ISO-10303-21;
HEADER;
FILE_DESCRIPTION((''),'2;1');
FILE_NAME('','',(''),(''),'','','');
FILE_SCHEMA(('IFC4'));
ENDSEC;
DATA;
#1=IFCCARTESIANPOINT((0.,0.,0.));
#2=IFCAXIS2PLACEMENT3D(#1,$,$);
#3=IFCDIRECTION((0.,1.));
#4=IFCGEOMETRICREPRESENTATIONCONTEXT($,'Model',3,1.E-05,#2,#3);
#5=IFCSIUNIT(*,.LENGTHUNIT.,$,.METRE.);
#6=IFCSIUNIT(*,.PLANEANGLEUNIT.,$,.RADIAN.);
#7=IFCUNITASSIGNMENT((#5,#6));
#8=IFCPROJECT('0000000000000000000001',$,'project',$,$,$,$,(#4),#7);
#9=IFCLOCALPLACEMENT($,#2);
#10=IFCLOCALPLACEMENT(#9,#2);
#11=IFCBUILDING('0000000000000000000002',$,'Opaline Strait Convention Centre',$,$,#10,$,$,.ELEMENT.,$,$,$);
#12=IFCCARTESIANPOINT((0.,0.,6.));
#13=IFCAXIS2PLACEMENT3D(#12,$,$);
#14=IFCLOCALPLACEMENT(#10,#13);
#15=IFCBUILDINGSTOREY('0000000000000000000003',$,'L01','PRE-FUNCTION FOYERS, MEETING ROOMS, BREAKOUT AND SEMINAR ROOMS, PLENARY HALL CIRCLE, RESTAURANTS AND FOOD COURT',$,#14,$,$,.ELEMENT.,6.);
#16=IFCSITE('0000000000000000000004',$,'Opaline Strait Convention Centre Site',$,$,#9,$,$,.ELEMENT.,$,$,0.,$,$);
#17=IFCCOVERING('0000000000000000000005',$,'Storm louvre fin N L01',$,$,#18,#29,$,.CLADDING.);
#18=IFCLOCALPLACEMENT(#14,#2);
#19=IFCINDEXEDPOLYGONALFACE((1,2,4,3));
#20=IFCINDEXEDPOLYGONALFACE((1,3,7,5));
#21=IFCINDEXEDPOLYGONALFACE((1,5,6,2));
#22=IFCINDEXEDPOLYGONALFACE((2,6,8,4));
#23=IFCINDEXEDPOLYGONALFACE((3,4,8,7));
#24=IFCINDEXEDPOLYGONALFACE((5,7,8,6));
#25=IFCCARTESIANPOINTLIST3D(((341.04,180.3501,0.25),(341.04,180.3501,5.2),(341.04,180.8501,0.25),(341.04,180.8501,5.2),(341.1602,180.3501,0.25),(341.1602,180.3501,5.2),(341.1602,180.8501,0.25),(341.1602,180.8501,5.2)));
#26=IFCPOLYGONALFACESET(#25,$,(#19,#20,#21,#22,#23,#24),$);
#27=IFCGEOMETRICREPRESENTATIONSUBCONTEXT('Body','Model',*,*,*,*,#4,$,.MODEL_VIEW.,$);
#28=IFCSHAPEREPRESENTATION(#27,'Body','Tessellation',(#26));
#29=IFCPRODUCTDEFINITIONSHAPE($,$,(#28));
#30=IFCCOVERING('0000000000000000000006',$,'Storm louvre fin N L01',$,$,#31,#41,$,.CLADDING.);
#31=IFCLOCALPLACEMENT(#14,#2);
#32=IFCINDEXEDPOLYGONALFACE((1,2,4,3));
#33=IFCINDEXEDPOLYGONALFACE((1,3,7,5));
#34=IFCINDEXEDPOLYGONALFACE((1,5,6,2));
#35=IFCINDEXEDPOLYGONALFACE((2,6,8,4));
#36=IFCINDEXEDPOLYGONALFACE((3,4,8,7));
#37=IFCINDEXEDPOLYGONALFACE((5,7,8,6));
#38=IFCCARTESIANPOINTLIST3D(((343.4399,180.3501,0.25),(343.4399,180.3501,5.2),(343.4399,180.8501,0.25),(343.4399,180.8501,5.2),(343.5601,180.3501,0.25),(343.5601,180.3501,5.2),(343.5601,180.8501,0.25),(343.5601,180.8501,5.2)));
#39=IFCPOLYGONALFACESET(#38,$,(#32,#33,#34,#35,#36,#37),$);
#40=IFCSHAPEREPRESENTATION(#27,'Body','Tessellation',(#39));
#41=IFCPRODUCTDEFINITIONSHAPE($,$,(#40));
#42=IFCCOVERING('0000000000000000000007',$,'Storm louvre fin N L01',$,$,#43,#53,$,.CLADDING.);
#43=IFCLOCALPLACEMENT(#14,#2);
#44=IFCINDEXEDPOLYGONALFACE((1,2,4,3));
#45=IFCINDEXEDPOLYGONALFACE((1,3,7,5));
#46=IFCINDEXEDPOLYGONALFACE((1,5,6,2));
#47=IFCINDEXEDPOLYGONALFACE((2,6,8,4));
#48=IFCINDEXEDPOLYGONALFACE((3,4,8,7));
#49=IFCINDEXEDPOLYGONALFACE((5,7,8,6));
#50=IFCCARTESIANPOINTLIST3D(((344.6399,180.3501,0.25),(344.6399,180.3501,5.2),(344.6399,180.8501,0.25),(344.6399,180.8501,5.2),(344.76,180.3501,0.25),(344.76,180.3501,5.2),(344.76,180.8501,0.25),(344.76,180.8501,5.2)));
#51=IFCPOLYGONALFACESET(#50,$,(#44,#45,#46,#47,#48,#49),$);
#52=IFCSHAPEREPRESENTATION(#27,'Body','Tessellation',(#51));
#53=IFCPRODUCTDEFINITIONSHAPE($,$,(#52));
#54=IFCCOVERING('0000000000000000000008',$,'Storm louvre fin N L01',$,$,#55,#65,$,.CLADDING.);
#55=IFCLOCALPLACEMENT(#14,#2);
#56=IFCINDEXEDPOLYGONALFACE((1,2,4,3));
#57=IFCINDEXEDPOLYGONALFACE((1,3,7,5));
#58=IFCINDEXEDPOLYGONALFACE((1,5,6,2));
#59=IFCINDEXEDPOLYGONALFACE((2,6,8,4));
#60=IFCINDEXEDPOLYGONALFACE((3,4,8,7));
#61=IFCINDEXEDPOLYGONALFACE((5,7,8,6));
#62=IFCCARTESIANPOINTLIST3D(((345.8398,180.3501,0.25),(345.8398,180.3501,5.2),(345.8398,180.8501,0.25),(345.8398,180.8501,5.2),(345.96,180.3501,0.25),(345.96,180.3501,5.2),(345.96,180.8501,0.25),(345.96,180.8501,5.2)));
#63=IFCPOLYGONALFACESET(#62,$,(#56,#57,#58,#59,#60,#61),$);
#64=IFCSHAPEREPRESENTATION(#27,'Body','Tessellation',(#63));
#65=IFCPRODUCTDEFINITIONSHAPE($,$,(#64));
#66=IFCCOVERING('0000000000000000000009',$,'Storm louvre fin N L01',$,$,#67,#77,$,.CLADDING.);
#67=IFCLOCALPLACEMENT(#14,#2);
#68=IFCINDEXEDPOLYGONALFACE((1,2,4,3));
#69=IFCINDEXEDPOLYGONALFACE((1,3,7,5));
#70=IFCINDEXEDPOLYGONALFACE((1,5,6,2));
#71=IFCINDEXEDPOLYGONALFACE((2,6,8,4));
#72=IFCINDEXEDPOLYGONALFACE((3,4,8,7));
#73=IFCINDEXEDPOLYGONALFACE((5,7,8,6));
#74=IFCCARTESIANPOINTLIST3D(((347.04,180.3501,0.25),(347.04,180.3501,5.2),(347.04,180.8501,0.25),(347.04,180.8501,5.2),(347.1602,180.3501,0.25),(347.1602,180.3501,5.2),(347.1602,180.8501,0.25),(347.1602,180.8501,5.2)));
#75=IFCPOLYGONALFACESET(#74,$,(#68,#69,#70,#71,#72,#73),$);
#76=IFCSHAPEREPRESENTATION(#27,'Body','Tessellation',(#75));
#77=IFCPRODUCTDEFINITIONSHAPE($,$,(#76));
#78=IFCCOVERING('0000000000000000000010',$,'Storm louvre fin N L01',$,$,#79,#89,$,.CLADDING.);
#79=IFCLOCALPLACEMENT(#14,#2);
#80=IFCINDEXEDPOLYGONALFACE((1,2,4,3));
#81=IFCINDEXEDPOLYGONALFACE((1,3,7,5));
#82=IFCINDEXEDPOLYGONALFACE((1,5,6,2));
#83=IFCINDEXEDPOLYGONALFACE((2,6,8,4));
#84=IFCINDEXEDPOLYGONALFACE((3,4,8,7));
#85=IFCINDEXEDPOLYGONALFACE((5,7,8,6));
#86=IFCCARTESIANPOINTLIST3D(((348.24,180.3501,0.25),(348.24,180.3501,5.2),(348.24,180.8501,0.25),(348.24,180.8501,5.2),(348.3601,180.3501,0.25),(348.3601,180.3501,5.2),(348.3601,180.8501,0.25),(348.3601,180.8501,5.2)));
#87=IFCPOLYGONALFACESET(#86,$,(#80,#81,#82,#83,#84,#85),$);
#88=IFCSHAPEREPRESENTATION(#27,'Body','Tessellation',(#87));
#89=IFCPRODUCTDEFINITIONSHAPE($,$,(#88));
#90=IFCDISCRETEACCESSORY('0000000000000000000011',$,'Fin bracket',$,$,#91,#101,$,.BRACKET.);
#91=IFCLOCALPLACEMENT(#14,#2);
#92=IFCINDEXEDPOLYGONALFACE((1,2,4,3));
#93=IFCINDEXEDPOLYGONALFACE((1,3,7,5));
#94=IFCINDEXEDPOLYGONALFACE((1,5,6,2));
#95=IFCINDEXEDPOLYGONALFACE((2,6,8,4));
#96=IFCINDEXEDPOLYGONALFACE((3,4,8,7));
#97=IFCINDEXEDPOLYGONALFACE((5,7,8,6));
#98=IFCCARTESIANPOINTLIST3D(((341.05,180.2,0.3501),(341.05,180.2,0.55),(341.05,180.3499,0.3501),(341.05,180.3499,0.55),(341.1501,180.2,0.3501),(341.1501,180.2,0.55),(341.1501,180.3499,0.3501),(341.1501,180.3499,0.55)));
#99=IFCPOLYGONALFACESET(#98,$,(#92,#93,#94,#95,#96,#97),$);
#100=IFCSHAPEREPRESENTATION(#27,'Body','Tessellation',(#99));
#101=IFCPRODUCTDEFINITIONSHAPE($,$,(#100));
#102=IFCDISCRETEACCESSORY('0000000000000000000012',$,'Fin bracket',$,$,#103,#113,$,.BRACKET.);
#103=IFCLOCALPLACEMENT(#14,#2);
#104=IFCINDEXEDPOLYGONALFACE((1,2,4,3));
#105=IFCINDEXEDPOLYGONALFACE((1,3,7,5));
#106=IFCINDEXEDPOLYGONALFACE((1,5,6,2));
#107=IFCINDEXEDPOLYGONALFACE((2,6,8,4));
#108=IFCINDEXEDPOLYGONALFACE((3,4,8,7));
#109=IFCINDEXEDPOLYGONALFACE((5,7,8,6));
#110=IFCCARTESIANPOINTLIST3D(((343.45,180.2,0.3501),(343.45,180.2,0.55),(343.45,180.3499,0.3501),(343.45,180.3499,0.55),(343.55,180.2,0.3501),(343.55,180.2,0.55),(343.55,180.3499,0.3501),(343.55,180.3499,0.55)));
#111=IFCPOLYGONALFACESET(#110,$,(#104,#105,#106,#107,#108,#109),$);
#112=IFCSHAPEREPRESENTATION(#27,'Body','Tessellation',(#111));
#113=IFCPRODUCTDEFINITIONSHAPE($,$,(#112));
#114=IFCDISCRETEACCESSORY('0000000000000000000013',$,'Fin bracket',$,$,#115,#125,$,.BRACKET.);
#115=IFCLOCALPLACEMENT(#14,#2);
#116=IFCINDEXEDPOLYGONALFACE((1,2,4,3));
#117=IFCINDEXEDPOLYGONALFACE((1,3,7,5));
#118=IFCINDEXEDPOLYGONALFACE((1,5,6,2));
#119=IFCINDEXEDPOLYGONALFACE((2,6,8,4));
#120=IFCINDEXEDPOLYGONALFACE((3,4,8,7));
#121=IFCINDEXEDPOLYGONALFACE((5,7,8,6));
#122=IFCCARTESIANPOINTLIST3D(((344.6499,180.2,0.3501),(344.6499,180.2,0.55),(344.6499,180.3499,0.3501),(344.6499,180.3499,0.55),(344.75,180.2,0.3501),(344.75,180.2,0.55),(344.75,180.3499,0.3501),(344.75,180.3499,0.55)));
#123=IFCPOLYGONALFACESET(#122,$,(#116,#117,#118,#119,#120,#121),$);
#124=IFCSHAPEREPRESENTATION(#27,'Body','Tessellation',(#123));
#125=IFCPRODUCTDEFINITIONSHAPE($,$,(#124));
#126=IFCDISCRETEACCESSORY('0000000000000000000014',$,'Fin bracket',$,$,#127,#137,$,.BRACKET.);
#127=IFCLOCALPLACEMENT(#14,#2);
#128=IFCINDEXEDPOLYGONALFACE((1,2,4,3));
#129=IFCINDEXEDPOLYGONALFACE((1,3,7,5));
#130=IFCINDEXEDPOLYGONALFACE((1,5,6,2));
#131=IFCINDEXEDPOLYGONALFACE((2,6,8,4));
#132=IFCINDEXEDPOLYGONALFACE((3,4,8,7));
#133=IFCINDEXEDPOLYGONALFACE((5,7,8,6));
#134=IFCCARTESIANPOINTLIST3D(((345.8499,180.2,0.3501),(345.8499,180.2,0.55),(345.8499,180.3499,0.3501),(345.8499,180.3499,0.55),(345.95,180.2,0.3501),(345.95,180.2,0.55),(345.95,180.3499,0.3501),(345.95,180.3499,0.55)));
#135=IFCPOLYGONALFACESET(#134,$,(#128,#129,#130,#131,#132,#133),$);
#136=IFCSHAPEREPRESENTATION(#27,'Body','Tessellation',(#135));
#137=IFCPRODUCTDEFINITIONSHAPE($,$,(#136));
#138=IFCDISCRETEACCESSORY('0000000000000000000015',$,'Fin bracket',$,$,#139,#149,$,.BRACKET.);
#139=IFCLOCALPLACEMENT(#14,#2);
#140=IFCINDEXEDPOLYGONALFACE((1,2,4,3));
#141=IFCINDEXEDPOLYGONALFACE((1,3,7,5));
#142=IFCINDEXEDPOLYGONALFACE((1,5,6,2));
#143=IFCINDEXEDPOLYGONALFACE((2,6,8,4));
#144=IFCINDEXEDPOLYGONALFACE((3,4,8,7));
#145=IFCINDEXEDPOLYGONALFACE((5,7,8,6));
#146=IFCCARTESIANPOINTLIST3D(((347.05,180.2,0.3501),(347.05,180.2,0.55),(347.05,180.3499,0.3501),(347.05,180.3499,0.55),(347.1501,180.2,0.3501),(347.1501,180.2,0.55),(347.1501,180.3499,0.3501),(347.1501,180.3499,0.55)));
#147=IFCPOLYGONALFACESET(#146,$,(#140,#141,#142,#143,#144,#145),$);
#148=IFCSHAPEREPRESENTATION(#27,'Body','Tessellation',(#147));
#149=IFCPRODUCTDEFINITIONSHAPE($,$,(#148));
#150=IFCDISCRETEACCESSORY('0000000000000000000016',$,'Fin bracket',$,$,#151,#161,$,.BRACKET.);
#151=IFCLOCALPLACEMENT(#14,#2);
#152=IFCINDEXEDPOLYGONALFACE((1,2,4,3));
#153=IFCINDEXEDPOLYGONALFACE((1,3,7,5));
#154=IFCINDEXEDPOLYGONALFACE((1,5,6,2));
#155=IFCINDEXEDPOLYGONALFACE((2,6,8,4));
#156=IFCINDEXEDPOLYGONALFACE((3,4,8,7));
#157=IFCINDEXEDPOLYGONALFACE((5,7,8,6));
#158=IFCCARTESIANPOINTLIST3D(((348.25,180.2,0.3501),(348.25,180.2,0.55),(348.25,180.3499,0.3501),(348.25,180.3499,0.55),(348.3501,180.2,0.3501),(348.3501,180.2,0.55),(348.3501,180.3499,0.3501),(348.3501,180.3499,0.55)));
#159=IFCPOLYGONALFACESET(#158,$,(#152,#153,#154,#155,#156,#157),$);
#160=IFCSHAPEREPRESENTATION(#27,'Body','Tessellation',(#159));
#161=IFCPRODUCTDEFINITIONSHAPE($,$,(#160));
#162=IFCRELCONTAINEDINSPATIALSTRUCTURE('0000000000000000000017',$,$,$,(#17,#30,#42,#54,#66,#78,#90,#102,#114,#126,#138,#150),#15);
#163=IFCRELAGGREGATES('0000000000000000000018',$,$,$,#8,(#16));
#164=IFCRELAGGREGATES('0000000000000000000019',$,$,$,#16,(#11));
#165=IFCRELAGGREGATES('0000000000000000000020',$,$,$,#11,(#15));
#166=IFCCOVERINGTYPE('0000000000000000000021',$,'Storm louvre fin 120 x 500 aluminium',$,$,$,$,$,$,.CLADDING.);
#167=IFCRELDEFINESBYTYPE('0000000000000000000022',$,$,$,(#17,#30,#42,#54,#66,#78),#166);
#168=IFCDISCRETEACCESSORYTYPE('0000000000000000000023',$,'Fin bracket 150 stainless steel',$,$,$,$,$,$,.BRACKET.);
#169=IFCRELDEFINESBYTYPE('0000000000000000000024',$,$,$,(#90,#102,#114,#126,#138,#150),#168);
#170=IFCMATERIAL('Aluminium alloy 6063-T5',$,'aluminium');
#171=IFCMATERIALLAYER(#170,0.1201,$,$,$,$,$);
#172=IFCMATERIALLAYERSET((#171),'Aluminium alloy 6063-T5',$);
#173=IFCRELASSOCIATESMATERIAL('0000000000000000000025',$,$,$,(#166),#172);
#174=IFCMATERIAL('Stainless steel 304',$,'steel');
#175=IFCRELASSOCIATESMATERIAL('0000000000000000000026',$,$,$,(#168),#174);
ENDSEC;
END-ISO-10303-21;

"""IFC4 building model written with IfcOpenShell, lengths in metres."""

from ifc_helpers import new_model, si_unit, direction, frame, origin, origin_2d, place, context, subcontext, project, spatial, rectangle, extrude, material, layer, layer_set, type_object, element, save


model = new_model("IFC4")

# Units and contexts
model_context = context("Model", 3, precision=1e-05, world=origin(), true_north=direction((0.0, 1.0)))
body_context = subcontext(model_context, "Body", "Model", "MODEL_VIEW")
ifc_project = project(units=[si_unit("LENGTHUNIT", "METRE"), si_unit("PLANEANGLEUNIT", "RADIAN")], contexts=[model_context])

# Site, building, storey
site_placement = place(None, origin())
site = spatial("IfcSite", under=ifc_project, at=site_placement, Name="Opaline Strait Convention Centre Site", CompositionType="ELEMENT", RefElevation=0.0)
building_placement = place(site_placement, origin())
building = spatial("IfcBuilding", under=site, at=building_placement, Name="Opaline Strait Convention Centre", CompositionType="ELEMENT")
storey_placement = place(building_placement, frame((0.0, 0.0, 6.0)))
storey = spatial("IfcBuildingStorey", under=building, at=storey_placement, Name="L01", Description="PRE-FUNCTION FOYERS, MEETING ROOMS, BREAKOUT AND SEMINAR ROOMS, PLENARY HALL CIRCLE, RESTAURANTS AND FOOD COURT", CompositionType="ELEMENT", Elevation=6.0)

# Shared definitions
ifc_material_1 = material(Name="Stainless steel 304", Category="steel")

# Coverings
ifc_material_2 = material(Name="Aluminium alloy 6063-T5", Category="aluminium")
ifc_layer_1 = layer(ifc_material_2, 0.1201)
ifc_layer_set_1 = layer_set([ifc_layer_1], Name="Aluminium alloy 6063-T5")
covering_type = type_object("IfcCoveringType", Name="Storm louvre fin 120 x 500 aluminium", PredefinedType="CLADDING", material=ifc_layer_set_1)
for number, where, z_axis, x_axis, name in (
    (1, (341.1001, 180.6001, 0.25), (0.0, 0.0, 1.0), (1.0, 0.0, 0.0), "Storm louvre fin N L01"),
    (2, (343.5, 180.6001, 0.25), (0.0, 0.0, 1.0), (1.0, 0.0, 0.0), "Storm louvre fin N L01"),
    (3, (344.7, 180.6001, 0.25), (0.0, 0.0, 1.0), (1.0, 0.0, 0.0), "Storm louvre fin N L01"),
    (4, (345.8999, 180.6001, 0.25), (0.0, 0.0, 1.0), (1.0, 0.0, 0.0), "Storm louvre fin N L01"),
    (5, (347.1001, 180.6001, 0.25), (0.0, 0.0, 1.0), (1.0, 0.0, 0.0), "Storm louvre fin N L01"),
    (6, (348.3, 180.6001, 0.25), (0.0, 0.0, 1.0), (1.0, 0.0, 0.0), "Storm louvre fin N L01"),
):
    element("IfcCovering", number, at=place(storey_placement, frame(where, z_axis=z_axis, x_axis=x_axis)), inside=storey, type_object=covering_type, Name=name, PredefinedType="CLADDING", context=body_context, shape_type="SweptSolid", body=[
        extrude(rectangle(XDim=0.1201, YDim=0.5, at=origin_2d()), origin(), (0.0, 0.0, 1.0), 4.95),
    ])

# Discrete accessories
discrete_accessory_type = type_object("IfcDiscreteAccessoryType", Name="Fin bracket 150 stainless steel", PredefinedType="BRACKET", material=ifc_material_1)
for number, where, z_axis, x_axis, name in (
    (7, (341.1001, 180.2749, 0.3501), (0.0, 0.0, 1.0), (1.0, 0.0, 0.0), "Fin bracket"),
    (8, (343.5, 180.2749, 0.3501), (0.0, 0.0, 1.0), (1.0, 0.0, 0.0), "Fin bracket"),
    (9, (344.7, 180.2749, 0.3501), (0.0, 0.0, 1.0), (1.0, 0.0, 0.0), "Fin bracket"),
    (10, (345.8999, 180.2749, 0.3501), (0.0, 0.0, 1.0), (1.0, 0.0, 0.0), "Fin bracket"),
    (11, (347.1001, 180.2749, 0.3501), (0.0, 0.0, 1.0), (1.0, 0.0, 0.0), "Fin bracket"),
    (12, (348.3, 180.2749, 0.3501), (0.0, 0.0, 1.0), (1.0, 0.0, 0.0), "Fin bracket"),
):
    element("IfcDiscreteAccessory", number, at=place(storey_placement, frame(where, z_axis=z_axis, x_axis=x_axis)), inside=storey, type_object=discrete_accessory_type, Name=name, PredefinedType="BRACKET", context=body_context, shape_type="SweptSolid", body=[
        extrude(rectangle(XDim=0.1001, YDim=0.1499, at=origin_2d()), origin(), (0.0, 0.0, 1.0), 0.2),
    ])

save(model, "model.ifc")
